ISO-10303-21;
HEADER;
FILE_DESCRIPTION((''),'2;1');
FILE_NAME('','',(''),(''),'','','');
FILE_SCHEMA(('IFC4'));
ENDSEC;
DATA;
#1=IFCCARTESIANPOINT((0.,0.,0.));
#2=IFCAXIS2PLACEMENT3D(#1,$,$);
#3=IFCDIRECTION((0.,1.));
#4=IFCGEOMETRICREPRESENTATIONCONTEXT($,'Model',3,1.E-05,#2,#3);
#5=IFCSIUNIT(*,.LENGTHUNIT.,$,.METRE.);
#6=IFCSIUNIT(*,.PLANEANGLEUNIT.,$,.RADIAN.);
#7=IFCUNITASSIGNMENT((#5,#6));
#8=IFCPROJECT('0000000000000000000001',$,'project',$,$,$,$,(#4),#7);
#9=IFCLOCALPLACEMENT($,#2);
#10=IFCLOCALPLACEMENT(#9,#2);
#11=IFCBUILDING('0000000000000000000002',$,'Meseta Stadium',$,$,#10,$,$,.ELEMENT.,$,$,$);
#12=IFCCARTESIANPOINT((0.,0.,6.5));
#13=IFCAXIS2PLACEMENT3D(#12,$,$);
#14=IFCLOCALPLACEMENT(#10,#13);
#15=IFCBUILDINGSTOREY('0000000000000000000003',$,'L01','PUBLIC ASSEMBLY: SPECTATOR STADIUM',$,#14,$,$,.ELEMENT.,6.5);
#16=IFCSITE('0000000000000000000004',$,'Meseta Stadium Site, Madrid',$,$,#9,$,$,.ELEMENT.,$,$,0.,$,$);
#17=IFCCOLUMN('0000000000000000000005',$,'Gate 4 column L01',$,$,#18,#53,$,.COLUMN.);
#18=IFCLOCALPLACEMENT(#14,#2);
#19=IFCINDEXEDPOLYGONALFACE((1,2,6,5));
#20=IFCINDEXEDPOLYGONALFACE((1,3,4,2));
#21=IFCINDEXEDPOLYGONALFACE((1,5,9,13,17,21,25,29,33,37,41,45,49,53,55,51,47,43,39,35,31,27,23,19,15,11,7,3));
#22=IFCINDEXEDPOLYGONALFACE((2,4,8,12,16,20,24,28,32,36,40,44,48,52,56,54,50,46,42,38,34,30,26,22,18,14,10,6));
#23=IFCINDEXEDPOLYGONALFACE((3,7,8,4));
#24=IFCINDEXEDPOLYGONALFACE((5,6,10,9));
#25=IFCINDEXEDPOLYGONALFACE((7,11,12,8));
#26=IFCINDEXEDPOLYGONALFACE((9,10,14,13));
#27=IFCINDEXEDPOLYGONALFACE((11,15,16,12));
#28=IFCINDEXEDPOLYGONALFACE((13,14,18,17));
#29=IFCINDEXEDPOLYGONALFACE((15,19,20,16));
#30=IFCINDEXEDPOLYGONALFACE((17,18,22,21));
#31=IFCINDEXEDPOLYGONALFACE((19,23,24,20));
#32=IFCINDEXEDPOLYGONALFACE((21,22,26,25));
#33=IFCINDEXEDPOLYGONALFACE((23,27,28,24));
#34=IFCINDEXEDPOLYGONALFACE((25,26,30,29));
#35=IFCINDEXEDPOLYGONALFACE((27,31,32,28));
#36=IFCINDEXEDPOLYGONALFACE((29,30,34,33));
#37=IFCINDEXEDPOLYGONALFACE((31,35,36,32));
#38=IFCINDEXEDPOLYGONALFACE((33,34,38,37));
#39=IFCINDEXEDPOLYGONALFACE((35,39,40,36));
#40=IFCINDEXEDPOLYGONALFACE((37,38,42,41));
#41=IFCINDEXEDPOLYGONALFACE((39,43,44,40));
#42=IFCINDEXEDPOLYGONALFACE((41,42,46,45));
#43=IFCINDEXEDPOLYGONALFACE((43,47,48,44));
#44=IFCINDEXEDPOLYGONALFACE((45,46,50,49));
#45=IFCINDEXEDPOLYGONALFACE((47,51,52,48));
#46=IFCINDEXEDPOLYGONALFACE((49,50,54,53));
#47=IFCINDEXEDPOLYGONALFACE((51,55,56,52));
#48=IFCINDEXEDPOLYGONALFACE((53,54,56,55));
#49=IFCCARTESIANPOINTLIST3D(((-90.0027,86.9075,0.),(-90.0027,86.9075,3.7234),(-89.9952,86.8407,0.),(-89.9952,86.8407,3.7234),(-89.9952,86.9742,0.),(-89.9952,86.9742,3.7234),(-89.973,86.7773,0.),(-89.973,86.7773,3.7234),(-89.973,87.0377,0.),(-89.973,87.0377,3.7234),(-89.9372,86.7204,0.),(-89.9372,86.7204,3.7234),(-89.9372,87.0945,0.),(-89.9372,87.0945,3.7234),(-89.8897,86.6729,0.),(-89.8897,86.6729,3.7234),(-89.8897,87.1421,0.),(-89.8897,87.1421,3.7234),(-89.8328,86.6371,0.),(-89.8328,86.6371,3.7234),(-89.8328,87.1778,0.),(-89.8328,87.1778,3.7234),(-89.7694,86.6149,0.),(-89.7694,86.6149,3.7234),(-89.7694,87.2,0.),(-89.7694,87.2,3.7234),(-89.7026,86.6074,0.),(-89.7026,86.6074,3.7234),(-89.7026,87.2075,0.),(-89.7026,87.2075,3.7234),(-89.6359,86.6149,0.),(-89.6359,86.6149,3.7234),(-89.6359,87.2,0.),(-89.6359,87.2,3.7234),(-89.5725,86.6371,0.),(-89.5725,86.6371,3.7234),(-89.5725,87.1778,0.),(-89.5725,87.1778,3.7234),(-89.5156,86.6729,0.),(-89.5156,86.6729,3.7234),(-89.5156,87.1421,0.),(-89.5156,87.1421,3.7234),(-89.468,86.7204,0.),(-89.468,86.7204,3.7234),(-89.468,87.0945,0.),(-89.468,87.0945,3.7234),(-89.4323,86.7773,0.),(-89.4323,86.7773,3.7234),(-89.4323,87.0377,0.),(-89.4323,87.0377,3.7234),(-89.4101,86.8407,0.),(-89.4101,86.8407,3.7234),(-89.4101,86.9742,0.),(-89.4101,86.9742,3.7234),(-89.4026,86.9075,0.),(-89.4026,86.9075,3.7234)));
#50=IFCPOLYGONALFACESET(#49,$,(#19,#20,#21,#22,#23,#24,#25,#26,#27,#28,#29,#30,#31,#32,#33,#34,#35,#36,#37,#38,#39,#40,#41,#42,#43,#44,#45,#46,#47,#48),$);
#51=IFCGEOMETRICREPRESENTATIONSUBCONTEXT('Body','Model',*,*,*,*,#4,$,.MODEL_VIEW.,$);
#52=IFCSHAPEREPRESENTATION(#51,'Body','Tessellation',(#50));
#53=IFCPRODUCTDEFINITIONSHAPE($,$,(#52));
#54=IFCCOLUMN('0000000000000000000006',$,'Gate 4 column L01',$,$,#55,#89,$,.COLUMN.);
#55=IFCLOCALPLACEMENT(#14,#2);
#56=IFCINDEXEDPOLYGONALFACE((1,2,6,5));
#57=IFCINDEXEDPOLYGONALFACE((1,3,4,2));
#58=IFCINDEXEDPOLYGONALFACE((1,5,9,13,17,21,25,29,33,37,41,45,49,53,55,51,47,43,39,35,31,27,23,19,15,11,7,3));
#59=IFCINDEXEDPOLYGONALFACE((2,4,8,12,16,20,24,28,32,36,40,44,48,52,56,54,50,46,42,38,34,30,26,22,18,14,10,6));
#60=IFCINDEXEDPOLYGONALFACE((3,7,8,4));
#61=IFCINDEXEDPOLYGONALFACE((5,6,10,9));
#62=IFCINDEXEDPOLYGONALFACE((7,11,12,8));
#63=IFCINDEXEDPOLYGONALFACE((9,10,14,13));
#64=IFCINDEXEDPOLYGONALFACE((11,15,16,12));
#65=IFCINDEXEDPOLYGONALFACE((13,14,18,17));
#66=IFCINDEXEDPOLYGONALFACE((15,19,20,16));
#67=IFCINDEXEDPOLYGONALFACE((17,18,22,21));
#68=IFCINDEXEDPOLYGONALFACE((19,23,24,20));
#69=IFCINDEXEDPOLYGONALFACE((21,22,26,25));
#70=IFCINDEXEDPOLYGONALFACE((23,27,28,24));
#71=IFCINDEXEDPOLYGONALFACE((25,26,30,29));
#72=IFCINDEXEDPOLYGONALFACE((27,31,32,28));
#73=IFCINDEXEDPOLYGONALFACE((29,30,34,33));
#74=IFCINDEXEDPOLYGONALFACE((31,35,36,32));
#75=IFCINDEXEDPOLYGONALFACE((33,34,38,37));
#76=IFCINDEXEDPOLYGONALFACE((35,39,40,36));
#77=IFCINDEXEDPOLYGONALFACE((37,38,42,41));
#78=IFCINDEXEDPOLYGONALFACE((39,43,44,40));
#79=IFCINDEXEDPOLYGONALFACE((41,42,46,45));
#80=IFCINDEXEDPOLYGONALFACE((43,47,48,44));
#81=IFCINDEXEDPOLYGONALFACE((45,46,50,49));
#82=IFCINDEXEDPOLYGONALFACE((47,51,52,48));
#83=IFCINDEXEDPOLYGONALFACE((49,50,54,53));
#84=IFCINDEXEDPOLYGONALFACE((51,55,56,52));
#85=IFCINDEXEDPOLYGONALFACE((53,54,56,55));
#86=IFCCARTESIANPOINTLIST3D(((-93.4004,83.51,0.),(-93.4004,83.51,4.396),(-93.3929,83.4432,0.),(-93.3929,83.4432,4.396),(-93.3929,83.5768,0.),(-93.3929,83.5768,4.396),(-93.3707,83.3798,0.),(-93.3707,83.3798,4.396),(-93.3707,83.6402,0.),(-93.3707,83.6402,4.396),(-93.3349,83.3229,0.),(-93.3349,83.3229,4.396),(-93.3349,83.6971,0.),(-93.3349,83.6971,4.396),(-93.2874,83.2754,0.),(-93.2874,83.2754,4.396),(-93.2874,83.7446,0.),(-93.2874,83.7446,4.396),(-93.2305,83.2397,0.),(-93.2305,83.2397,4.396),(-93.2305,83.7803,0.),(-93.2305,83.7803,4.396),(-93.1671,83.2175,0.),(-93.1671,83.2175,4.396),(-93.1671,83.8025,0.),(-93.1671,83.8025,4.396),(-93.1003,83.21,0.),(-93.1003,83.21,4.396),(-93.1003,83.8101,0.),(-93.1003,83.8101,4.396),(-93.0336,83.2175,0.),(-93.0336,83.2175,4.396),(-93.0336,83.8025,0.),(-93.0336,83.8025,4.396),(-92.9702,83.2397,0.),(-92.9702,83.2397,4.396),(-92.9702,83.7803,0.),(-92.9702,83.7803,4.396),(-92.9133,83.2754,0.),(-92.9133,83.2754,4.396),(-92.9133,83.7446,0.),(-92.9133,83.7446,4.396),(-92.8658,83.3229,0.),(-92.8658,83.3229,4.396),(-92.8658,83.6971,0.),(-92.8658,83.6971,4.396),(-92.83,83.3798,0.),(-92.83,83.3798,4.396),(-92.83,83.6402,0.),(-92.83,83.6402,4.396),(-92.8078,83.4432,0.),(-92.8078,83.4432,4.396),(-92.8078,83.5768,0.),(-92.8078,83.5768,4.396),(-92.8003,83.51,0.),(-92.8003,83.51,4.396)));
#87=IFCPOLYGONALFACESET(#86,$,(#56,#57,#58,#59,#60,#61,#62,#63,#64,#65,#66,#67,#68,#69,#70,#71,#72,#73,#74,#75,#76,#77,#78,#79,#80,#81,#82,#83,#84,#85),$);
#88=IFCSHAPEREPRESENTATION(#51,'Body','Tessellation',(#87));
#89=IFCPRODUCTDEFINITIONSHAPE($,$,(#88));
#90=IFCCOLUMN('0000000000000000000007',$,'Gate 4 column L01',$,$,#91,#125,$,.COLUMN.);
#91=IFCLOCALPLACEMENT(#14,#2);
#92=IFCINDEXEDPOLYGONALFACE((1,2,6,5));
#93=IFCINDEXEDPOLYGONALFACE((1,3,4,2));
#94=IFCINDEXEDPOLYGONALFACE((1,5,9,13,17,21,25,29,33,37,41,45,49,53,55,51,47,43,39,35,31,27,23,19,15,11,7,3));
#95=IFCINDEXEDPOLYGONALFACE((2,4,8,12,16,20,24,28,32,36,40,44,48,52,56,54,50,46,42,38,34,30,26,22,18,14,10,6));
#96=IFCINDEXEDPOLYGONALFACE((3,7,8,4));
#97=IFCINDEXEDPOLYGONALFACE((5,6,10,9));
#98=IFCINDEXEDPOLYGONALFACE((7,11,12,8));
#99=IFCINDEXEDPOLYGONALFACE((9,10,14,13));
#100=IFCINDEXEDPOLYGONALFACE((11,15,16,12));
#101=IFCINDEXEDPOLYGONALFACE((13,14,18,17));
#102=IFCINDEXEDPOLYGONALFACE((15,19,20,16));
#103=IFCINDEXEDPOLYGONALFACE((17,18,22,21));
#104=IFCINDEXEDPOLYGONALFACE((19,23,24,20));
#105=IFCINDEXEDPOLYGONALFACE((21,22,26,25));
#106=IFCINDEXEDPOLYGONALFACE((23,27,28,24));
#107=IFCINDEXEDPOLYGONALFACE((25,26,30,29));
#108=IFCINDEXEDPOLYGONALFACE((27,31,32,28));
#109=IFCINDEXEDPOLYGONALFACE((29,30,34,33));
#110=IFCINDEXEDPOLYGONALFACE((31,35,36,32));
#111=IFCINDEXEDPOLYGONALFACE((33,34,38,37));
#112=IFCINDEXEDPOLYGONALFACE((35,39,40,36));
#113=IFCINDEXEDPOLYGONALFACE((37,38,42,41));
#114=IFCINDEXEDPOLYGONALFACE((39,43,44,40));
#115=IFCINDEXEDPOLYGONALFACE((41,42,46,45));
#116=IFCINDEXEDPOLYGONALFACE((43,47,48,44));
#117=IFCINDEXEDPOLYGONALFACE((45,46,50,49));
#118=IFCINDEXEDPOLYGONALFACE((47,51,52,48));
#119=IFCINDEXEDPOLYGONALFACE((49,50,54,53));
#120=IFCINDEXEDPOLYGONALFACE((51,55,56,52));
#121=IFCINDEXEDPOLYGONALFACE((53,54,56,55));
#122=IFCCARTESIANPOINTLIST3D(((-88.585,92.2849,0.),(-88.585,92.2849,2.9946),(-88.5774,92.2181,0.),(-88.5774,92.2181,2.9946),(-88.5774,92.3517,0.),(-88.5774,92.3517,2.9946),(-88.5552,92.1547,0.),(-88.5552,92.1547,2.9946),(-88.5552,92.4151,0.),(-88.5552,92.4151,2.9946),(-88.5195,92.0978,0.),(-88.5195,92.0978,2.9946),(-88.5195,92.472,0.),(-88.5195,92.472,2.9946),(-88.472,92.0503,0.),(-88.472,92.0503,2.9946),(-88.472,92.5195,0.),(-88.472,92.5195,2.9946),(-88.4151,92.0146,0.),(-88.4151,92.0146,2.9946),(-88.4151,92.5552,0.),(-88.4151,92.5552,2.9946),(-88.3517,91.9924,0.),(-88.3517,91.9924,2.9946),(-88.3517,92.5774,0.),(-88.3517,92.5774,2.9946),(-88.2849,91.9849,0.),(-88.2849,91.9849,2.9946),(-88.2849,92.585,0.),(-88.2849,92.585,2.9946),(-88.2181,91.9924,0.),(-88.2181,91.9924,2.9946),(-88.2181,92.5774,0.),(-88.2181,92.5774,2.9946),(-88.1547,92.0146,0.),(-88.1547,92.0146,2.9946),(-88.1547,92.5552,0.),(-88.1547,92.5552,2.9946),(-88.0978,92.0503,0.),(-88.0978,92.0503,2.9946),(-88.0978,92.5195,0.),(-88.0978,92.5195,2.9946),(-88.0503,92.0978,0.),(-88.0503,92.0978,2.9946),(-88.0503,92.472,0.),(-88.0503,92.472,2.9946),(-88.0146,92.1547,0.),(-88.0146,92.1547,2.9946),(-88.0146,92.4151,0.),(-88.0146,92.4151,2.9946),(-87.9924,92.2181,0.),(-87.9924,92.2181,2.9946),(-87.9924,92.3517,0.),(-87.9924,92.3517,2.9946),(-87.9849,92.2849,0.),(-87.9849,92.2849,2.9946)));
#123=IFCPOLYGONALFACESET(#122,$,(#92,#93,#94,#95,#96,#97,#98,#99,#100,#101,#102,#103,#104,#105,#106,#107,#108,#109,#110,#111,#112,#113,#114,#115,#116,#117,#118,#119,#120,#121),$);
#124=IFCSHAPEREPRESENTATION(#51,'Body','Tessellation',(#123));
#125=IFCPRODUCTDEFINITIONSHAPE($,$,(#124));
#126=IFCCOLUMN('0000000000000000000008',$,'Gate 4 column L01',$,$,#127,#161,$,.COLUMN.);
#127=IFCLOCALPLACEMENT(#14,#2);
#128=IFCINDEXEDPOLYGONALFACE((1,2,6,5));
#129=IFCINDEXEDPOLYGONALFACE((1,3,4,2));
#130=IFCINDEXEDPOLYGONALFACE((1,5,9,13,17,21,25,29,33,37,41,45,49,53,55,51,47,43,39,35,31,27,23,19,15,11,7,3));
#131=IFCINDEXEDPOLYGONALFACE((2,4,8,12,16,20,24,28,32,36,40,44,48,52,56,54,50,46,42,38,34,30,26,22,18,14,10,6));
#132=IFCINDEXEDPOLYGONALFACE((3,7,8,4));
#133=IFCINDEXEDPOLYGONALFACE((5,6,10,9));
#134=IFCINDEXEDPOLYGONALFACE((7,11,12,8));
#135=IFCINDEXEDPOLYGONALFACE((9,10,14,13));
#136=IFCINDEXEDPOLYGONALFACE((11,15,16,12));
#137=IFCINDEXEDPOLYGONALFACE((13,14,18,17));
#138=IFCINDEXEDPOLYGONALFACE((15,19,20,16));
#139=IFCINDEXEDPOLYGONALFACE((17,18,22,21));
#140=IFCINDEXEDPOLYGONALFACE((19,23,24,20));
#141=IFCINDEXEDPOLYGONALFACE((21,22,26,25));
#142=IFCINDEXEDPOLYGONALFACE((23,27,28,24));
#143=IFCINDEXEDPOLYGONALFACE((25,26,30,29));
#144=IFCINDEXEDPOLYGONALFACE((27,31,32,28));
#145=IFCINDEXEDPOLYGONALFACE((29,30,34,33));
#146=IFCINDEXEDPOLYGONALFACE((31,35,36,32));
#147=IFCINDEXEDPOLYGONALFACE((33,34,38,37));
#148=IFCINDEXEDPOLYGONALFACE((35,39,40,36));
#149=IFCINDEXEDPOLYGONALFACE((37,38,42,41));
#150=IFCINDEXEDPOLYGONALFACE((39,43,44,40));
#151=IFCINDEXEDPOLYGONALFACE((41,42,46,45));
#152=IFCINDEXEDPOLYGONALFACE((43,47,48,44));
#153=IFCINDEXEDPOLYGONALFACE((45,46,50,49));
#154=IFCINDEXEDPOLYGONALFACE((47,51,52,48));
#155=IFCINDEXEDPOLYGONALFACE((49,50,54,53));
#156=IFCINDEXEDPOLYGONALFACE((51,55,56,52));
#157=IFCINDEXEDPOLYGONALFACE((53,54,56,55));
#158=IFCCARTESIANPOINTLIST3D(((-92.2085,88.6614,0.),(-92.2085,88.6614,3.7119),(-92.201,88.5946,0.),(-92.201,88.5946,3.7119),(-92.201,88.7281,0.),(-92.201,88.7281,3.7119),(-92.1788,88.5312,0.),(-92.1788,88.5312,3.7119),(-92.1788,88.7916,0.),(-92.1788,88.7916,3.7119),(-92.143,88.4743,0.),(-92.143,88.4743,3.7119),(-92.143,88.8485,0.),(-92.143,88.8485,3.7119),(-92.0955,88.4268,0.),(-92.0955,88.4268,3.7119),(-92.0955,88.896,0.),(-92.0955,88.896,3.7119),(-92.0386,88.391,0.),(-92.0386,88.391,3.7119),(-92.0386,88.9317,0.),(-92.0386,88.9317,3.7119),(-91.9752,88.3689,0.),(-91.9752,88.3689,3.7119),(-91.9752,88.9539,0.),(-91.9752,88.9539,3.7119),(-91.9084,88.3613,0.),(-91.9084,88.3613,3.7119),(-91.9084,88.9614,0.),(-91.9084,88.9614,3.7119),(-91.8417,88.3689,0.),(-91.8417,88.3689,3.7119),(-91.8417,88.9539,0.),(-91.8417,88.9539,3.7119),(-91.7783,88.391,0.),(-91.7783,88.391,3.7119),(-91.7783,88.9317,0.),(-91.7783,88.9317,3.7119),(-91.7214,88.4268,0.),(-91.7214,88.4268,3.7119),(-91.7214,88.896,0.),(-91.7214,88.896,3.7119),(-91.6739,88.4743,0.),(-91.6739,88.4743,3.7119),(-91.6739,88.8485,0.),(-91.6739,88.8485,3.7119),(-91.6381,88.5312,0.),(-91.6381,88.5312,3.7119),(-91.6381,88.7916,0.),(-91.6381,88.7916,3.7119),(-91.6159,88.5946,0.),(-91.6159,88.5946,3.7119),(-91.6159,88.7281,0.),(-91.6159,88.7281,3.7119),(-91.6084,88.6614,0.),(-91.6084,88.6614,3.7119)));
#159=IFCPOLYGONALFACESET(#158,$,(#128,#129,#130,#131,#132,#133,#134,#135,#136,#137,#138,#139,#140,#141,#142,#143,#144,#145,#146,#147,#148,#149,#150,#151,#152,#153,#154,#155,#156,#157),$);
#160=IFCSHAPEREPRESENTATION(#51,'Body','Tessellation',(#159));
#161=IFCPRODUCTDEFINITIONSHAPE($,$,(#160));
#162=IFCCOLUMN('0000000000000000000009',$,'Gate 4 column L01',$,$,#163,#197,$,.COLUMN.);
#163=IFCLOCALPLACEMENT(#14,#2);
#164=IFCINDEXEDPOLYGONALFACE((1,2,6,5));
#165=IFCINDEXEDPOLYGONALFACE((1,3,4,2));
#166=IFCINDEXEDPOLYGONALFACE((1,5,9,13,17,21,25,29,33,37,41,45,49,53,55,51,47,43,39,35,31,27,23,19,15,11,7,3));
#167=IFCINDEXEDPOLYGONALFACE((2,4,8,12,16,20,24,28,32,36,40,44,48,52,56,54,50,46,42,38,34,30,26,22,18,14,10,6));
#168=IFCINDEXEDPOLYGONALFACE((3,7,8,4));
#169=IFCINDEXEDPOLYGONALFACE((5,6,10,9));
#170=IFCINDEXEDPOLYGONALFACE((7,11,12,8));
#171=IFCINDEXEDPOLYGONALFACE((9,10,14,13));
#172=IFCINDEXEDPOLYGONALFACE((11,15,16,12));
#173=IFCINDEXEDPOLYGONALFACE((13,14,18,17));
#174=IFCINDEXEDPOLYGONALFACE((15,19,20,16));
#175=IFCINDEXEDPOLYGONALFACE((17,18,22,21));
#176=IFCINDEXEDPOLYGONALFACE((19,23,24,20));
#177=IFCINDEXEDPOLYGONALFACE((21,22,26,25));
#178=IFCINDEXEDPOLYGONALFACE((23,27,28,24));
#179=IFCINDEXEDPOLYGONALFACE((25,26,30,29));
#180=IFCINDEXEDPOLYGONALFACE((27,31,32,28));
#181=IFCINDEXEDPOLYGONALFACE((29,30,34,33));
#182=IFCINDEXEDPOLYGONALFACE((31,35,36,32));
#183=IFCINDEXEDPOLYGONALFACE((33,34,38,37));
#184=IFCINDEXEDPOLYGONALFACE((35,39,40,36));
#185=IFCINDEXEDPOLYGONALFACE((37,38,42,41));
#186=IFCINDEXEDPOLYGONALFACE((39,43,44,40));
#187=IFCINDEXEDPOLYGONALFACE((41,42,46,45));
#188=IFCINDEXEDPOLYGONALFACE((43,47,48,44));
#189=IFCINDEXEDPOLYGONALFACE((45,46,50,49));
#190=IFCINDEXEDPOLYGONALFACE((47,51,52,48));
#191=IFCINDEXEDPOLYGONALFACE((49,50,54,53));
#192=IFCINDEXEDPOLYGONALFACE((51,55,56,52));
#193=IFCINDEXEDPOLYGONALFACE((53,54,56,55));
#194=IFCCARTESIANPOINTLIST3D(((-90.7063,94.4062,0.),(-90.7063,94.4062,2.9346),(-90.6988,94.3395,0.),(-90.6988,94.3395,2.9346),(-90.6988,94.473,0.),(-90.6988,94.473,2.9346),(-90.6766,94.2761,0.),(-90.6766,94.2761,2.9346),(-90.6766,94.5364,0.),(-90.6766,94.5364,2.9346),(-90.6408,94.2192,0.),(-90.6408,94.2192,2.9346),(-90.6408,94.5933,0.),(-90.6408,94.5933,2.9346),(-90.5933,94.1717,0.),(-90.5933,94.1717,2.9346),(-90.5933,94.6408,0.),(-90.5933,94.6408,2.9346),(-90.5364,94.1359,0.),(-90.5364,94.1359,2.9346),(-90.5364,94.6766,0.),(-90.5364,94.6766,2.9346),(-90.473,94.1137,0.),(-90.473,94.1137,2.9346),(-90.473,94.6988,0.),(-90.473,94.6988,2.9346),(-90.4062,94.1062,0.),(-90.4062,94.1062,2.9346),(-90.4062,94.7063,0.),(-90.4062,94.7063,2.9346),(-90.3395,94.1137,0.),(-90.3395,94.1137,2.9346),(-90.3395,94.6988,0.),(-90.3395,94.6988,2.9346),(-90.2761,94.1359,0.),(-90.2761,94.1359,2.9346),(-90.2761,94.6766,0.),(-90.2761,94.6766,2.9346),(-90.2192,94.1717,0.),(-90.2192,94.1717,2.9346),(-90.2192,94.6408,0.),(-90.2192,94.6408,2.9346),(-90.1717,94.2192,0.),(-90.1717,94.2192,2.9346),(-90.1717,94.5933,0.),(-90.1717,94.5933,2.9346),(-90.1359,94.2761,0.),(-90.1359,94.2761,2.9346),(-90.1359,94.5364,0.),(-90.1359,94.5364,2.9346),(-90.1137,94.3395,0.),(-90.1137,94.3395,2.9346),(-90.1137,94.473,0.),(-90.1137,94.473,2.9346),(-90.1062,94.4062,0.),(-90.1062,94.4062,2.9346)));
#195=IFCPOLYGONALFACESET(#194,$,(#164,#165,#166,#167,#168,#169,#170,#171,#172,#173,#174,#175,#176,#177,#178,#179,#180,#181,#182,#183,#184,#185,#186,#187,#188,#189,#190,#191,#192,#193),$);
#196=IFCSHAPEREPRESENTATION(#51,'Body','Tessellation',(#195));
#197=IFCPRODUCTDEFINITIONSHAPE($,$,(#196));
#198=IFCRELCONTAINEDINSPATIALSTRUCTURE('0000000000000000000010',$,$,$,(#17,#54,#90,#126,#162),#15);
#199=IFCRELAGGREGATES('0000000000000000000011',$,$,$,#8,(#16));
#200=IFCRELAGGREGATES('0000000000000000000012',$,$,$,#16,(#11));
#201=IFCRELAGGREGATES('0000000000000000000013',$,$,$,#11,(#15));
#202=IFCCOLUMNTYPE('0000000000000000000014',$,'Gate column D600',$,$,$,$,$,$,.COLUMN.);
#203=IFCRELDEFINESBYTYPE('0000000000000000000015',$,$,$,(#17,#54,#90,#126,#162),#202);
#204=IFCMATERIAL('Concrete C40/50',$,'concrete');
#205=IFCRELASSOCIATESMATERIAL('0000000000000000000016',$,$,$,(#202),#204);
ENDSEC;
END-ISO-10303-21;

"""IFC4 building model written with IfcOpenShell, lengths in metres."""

from ifc_helpers import new_model, si_unit, direction, frame, origin, origin_2d, place, context, subcontext, project, spatial, circle, extrude, material, material_profile, profile_set, type_object, element, save


model = new_model("IFC4")

# Units and contexts
model_context = context("Model", 3, precision=1e-05, world=origin(), true_north=direction((0.0, 1.0)))
body_context = subcontext(model_context, "Body", "Model", "MODEL_VIEW")
ifc_project = project(units=[si_unit("LENGTHUNIT", "METRE"), si_unit("PLANEANGLEUNIT", "RADIAN")], contexts=[model_context])

# Site, building, storey
site_placement = place(None, origin())
site = spatial("IfcSite", under=ifc_project, at=site_placement, Name="Meseta Stadium Site, Madrid", CompositionType="ELEMENT", RefElevation=0.0)
building_placement = place(site_placement, origin())
building = spatial("IfcBuilding", under=site, at=building_placement, Name="Meseta Stadium", CompositionType="ELEMENT")
storey_placement = place(building_placement, frame((0.0, 0.0, 6.5)))
storey = spatial("IfcBuildingStorey", under=building, at=storey_placement, Name="L01", Description="PUBLIC ASSEMBLY: SPECTATOR STADIUM", CompositionType="ELEMENT", Elevation=6.5)

# Columns
ifc_material_1 = material(Name="Concrete C40/50", Category="concrete")
ifc_material_profile_1 = material_profile(ifc_material_1, circle(Radius=0.3, at=origin_2d()), Name="RC D600")
ifc_profile_set_1 = profile_set([ifc_material_profile_1], Name="Concrete C40/50")
column_type = type_object("IfcColumnType", Name="Gate column D600", PredefinedType="COLUMN", material=ifc_profile_set_1)
column_1_placement = place(storey_placement, frame((-89.7026, 86.9075, 0.0), z_axis=(0.0, 0.0, 1.0), x_axis=(1.0, 0.0, 0.0)))
element("IfcColumn", 1, at=column_1_placement, inside=storey, type_object=column_type, Name="Gate 4 column L01", PredefinedType="COLUMN", context=body_context, shape_type="SweptSolid", body=[
    extrude(circle(Radius=0.3, at=origin_2d()), origin(), (0.0, 0.0, 1.0), 3.7234),
])
column_2_placement = place(storey_placement, frame((-93.1003, 83.51, 0.0), z_axis=(0.0, 0.0, 1.0), x_axis=(1.0, 0.0, 0.0)))
element("IfcColumn", 2, at=column_2_placement, inside=storey, type_object=column_type, Name="Gate 4 column L01", PredefinedType="COLUMN", context=body_context, shape_type="SweptSolid", body=[
    extrude(circle(Radius=0.3, at=origin_2d()), origin(), (0.0, 0.0, 1.0), 4.396),
])
column_3_placement = place(storey_placement, frame((-88.2849, 92.2849, 0.0), z_axis=(0.0, 0.0, 1.0), x_axis=(1.0, 0.0, 0.0)))
element("IfcColumn", 3, at=column_3_placement, inside=storey, type_object=column_type, Name="Gate 4 column L01", PredefinedType="COLUMN", context=body_context, shape_type="SweptSolid", body=[
    extrude(circle(Radius=0.3, at=origin_2d()), origin(), (0.0, 0.0, 1.0), 2.9946),
])
column_4_placement = place(storey_placement, frame((-91.9084, 88.6614, 0.0), z_axis=(0.0, 0.0, 1.0), x_axis=(1.0, 0.0, 0.0)))
element("IfcColumn", 4, at=column_4_placement, inside=storey, type_object=column_type, Name="Gate 4 column L01", PredefinedType="COLUMN", context=body_context, shape_type="SweptSolid", body=[
    extrude(circle(Radius=0.3, at=origin_2d()), origin(), (0.0, 0.0, 1.0), 3.7119),
])
column_5_placement = place(storey_placement, frame((-90.4062, 94.4062, 0.0), z_axis=(0.0, 0.0, 1.0), x_axis=(1.0, 0.0, 0.0)))
element("IfcColumn", 5, at=column_5_placement, inside=storey, type_object=column_type, Name="Gate 4 column L01", PredefinedType="COLUMN", context=body_context, shape_type="SweptSolid", body=[
    extrude(circle(Radius=0.3, at=origin_2d()), origin(), (0.0, 0.0, 1.0), 2.9346),
])

save(model, "model.ifc")
